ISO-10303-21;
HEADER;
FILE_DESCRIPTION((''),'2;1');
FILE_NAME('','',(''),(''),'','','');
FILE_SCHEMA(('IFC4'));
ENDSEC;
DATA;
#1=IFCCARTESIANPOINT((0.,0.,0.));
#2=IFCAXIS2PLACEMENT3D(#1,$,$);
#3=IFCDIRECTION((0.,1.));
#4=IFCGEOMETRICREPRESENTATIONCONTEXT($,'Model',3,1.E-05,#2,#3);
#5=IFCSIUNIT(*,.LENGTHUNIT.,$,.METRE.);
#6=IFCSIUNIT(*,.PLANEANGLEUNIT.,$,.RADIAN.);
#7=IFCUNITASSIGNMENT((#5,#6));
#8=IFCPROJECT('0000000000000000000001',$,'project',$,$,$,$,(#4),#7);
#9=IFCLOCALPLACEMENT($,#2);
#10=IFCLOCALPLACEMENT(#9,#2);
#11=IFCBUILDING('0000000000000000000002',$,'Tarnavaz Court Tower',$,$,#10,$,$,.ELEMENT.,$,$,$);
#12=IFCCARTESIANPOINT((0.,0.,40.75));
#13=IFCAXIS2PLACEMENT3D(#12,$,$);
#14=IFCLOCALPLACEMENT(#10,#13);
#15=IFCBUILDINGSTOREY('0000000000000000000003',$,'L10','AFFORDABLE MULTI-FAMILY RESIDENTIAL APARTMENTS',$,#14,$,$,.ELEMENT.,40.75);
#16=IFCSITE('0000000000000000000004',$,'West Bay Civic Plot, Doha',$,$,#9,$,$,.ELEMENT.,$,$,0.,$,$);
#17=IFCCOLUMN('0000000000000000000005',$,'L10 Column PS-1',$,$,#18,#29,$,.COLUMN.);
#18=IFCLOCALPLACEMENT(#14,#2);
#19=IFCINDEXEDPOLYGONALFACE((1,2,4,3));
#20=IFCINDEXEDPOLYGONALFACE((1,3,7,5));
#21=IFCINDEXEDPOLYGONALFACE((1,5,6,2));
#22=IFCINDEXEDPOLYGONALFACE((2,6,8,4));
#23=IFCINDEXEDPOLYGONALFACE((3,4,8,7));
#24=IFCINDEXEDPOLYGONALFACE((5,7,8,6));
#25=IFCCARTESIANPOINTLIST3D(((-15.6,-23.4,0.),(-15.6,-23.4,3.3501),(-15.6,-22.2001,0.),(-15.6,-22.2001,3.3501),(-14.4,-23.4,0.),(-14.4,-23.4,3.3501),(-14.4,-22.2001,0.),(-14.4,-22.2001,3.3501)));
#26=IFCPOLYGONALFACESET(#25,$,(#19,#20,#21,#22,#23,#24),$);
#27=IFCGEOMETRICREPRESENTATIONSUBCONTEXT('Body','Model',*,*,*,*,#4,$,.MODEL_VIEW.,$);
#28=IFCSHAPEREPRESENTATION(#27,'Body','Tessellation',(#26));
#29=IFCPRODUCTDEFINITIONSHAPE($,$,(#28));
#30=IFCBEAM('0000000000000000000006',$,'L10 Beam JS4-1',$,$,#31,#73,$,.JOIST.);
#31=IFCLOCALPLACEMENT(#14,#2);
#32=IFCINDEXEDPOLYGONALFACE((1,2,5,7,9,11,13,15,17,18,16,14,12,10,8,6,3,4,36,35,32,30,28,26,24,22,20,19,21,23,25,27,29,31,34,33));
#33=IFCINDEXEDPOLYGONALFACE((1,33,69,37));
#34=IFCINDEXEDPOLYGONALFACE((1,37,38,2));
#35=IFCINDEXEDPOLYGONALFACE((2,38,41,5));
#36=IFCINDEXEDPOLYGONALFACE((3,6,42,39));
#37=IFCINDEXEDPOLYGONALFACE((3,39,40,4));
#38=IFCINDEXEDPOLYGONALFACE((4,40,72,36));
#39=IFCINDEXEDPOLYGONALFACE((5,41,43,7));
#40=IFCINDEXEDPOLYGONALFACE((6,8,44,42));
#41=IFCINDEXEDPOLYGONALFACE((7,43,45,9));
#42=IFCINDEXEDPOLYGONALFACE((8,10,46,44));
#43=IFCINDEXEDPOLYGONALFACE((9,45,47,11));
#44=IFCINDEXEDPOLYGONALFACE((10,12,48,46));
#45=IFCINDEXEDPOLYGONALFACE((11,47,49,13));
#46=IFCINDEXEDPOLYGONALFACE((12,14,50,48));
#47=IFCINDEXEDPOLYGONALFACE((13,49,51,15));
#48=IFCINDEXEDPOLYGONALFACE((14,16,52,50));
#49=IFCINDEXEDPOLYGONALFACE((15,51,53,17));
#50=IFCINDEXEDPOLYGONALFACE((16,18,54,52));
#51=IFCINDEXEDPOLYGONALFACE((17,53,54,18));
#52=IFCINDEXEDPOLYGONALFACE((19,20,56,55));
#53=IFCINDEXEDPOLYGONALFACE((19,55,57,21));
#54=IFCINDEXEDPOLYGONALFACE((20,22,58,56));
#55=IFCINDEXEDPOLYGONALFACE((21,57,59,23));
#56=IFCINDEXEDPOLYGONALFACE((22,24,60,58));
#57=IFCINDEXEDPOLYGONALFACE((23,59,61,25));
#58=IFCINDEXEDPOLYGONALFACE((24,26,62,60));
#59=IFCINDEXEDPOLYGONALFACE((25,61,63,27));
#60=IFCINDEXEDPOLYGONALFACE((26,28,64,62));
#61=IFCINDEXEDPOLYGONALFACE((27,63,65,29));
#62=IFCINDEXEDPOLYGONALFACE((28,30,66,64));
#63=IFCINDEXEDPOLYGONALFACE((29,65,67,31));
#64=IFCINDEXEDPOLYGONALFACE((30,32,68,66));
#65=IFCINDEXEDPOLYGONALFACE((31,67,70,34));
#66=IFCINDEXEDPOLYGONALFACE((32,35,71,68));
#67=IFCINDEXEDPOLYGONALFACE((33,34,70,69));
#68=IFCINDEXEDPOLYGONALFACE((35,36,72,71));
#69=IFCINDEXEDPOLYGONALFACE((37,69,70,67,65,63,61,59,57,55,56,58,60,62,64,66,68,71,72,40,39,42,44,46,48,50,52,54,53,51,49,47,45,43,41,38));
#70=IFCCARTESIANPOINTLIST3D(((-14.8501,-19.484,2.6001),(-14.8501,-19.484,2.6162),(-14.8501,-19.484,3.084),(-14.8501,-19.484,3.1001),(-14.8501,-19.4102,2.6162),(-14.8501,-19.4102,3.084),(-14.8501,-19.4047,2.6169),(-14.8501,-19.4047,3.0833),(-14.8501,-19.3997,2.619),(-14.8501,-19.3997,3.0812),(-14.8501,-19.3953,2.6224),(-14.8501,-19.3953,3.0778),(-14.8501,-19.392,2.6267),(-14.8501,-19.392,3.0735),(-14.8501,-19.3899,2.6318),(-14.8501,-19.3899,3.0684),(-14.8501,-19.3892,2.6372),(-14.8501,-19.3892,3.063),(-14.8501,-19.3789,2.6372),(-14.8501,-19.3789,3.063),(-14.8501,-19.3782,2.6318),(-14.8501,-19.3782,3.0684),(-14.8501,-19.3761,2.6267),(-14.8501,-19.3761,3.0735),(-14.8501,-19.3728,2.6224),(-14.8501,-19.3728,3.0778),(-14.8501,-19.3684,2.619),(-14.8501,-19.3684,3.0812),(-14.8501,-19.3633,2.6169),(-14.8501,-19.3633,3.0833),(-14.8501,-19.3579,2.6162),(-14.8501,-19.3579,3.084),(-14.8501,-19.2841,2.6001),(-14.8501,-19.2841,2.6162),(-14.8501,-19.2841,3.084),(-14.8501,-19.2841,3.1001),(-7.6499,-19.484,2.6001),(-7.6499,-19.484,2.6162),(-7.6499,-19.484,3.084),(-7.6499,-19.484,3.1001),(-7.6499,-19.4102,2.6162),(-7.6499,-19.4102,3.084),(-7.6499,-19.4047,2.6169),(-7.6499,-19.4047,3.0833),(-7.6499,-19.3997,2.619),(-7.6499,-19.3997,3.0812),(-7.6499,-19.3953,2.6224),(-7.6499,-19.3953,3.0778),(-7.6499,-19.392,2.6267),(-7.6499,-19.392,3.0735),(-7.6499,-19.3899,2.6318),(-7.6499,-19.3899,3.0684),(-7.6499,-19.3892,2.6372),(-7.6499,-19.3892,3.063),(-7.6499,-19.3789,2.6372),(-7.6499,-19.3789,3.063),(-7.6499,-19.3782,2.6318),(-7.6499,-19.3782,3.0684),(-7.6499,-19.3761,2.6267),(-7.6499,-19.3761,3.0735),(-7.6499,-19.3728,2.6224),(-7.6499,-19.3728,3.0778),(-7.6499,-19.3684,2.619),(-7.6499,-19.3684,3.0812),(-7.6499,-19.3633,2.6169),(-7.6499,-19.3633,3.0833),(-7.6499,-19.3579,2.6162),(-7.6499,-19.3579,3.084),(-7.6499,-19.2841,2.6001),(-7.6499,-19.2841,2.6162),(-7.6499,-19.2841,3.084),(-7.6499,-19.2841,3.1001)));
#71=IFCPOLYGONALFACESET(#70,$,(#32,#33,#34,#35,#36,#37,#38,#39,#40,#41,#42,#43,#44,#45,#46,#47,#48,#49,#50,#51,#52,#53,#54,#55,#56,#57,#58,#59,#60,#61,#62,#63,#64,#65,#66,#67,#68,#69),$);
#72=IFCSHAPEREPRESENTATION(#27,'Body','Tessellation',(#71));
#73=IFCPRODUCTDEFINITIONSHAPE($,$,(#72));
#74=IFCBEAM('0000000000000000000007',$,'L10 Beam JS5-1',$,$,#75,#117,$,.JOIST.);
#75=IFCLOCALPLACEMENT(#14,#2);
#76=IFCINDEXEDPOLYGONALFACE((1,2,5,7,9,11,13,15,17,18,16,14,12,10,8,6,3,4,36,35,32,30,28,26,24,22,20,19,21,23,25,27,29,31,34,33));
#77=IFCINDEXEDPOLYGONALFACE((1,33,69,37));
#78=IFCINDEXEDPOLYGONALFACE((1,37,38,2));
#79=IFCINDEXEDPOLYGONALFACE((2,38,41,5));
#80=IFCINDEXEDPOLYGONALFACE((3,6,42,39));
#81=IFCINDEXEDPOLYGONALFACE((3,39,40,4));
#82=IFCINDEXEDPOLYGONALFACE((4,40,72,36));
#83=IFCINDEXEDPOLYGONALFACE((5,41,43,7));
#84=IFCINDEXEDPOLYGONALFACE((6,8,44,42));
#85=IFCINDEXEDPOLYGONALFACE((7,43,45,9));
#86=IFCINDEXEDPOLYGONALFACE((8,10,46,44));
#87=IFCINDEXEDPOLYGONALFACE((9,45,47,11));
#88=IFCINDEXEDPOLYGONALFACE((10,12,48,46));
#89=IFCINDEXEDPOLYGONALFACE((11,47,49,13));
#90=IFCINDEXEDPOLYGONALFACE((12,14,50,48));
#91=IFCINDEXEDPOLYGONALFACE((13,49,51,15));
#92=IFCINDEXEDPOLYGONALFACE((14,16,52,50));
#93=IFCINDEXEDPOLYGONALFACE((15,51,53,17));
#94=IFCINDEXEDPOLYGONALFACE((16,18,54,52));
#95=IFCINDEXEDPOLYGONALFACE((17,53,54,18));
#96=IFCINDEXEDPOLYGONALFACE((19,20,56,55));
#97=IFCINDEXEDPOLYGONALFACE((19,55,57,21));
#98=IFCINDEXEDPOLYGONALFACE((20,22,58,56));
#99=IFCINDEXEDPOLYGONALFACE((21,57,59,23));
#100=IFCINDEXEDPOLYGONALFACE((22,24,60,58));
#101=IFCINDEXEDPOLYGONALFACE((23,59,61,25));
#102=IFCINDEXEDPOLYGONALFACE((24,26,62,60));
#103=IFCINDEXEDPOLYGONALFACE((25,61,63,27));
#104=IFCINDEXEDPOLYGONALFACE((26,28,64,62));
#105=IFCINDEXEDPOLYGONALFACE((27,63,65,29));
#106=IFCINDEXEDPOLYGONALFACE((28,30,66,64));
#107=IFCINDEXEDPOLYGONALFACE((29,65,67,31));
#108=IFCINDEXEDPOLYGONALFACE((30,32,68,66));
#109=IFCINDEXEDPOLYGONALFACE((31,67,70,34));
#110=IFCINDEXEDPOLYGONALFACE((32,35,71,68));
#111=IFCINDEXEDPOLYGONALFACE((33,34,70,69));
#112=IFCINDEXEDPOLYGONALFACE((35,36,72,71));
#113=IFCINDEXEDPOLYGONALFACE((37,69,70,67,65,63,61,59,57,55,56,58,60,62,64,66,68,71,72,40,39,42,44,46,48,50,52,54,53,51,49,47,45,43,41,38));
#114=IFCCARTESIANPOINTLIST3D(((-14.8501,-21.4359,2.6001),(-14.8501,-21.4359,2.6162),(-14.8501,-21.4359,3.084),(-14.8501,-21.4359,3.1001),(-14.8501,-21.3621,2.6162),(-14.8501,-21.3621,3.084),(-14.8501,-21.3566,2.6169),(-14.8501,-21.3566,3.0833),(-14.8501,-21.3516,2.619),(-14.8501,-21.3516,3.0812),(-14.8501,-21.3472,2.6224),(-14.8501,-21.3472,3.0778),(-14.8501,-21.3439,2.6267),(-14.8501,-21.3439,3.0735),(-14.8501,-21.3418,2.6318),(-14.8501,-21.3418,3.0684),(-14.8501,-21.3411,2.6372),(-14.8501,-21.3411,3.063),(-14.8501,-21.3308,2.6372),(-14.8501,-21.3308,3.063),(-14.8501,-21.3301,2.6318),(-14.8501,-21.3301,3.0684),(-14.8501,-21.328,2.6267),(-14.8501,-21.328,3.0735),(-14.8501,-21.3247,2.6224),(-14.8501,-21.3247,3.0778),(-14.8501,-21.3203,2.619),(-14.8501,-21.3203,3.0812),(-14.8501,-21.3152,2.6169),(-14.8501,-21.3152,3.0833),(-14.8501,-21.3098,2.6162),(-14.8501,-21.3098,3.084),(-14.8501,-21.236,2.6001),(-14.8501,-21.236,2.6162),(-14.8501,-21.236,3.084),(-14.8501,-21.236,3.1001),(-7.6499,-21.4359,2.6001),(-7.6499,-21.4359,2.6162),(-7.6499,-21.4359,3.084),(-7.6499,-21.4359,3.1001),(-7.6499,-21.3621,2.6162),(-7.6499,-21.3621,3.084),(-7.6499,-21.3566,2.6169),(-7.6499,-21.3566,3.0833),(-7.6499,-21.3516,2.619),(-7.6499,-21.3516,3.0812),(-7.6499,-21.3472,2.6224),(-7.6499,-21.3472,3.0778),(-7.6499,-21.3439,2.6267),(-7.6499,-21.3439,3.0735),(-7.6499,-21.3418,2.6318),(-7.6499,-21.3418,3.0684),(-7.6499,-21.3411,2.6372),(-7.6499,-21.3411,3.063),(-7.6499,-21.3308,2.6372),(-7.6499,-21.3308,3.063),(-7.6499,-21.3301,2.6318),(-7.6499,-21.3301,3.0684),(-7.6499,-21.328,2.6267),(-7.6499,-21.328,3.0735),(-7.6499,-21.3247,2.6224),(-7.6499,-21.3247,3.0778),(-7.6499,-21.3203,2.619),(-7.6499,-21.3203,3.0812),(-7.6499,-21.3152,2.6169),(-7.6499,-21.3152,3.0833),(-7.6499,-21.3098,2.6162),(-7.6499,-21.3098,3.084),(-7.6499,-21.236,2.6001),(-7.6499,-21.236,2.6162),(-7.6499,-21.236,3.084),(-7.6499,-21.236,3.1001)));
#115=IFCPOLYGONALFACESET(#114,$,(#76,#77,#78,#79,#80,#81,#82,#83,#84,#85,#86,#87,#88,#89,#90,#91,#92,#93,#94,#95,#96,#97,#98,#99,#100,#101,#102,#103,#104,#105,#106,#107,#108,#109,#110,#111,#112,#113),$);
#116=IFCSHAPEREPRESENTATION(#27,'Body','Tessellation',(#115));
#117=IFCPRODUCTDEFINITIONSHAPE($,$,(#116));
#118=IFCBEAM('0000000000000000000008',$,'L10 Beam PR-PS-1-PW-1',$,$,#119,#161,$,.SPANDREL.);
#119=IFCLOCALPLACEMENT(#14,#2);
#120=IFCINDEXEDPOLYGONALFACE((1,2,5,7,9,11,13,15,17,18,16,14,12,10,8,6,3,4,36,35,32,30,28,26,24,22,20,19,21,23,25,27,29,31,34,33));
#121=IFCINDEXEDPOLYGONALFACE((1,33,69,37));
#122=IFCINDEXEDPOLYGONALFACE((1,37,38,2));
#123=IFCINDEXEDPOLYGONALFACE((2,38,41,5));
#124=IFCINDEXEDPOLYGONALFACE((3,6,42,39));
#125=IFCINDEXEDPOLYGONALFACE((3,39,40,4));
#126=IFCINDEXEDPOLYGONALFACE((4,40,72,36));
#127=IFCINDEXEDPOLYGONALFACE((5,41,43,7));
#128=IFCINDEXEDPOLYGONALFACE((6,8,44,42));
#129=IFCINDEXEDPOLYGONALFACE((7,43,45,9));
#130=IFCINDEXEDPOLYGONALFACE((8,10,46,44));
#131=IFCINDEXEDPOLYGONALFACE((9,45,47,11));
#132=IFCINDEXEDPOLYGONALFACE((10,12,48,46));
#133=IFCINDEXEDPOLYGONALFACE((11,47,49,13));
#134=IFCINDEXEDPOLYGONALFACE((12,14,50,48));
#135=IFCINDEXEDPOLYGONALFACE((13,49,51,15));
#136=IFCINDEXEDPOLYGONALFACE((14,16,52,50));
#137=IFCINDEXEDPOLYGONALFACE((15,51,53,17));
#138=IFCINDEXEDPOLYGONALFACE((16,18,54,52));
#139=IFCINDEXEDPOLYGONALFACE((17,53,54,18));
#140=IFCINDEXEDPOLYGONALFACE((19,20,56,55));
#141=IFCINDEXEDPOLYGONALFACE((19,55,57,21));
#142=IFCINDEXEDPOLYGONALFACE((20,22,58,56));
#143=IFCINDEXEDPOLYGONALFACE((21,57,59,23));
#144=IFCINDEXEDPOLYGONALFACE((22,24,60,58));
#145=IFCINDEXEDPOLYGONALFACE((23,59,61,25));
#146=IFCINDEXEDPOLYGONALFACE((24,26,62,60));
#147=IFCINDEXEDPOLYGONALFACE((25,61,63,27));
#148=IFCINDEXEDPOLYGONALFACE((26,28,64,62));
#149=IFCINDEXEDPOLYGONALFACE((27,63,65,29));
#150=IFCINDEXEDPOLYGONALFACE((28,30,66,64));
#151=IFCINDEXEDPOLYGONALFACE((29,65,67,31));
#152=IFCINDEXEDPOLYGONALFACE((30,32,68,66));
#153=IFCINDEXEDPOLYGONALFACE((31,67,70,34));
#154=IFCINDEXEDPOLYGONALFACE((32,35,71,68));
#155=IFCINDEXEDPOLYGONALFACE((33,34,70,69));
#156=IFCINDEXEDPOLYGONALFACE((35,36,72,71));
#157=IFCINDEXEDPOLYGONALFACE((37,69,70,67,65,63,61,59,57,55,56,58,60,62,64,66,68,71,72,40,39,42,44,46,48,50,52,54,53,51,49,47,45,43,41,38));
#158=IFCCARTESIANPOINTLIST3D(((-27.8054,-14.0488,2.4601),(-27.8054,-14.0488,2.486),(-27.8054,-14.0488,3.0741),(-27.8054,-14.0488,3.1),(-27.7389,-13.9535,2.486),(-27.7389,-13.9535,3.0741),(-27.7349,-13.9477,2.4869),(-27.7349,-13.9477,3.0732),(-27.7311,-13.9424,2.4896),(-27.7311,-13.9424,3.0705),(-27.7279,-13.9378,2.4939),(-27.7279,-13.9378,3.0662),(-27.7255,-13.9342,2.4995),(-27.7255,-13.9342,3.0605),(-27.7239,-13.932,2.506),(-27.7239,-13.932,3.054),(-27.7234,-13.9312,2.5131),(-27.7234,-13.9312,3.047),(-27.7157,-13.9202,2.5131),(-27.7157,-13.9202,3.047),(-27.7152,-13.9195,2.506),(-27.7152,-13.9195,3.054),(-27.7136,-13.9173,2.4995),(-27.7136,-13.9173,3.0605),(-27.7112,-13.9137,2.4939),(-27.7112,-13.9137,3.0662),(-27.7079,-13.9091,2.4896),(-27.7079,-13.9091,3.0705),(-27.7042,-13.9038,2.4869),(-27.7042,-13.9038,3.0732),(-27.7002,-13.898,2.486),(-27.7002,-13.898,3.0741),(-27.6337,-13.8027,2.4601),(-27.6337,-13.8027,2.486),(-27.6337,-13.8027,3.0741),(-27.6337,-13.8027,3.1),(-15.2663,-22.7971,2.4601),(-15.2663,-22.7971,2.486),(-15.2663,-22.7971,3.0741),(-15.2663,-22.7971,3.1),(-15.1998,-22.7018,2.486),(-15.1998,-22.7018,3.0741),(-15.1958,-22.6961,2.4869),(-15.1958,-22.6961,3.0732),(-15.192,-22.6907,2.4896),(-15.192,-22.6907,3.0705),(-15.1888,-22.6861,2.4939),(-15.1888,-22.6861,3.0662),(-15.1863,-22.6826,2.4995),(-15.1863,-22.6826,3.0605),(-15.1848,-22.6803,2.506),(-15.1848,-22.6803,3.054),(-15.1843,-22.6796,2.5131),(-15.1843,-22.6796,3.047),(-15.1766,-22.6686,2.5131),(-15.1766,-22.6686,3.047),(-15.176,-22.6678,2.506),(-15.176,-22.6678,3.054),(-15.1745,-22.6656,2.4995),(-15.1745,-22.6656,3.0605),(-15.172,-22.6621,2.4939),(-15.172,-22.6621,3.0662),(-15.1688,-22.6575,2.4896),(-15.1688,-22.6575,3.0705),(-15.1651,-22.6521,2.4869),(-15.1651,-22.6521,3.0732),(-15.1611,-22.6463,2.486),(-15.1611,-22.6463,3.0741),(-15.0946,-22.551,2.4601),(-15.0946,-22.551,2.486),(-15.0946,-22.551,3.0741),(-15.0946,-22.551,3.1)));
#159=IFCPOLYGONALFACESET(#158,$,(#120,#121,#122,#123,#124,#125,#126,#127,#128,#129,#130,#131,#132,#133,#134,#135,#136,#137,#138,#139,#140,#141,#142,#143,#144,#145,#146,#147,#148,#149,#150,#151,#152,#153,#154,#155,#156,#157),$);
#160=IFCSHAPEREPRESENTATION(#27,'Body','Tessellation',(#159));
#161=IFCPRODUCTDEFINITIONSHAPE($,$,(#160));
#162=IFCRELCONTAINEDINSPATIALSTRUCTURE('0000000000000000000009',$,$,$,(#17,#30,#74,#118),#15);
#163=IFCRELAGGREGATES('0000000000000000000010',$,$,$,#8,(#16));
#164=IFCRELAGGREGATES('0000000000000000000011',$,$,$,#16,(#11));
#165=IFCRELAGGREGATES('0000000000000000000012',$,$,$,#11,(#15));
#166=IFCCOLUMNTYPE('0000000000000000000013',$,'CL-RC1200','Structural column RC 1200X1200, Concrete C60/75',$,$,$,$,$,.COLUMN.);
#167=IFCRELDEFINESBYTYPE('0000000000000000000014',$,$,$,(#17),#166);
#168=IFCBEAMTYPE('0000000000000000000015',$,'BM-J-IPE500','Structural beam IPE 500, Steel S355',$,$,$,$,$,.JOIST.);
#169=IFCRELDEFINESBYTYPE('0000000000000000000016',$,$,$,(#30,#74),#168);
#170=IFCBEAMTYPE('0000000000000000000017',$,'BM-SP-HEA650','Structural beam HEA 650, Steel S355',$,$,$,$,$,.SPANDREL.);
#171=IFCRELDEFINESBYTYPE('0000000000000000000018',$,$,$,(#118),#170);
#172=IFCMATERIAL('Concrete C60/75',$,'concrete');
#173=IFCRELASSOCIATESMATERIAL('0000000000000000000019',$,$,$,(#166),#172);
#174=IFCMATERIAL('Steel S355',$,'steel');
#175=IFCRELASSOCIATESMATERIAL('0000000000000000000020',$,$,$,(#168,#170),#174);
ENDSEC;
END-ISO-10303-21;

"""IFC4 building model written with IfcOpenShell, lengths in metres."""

from ifc_helpers import new_model, si_unit, direction, frame, origin, origin_2d, place, context, subcontext, project, spatial, rectangle, i_section, extrude, material, material_profile, profile_set, type_object, element, save


model = new_model("IFC4")

# Units and contexts
model_context = context("Model", 3, precision=1e-05, world=origin(), true_north=direction((0.0, 1.0)))
body_context = subcontext(model_context, "Body", "Model", "MODEL_VIEW")
ifc_project = project(units=[si_unit("LENGTHUNIT", "METRE"), si_unit("PLANEANGLEUNIT", "RADIAN")], contexts=[model_context])

# Site, building, storey
site_placement = place(None, origin())
site = spatial("IfcSite", under=ifc_project, at=site_placement, Name="West Bay Civic Plot, Doha", CompositionType="ELEMENT", RefElevation=0.0)
building_placement = place(site_placement, origin())
building = spatial("IfcBuilding", under=site, at=building_placement, Name="Tarnavaz Court Tower", CompositionType="ELEMENT")
storey_placement = place(building_placement, frame((0.0, 0.0, 40.75)))
storey = spatial("IfcBuildingStorey", under=building, at=storey_placement, Name="L10", Description="AFFORDABLE MULTI-FAMILY RESIDENTIAL APARTMENTS", CompositionType="ELEMENT", Elevation=40.75)

# Column
ifc_material_1 = material(Name="Concrete C60/75", Category="concrete")
ifc_material_profile_1 = material_profile(ifc_material_1, rectangle(XDim=1.2, YDim=1.2, at=origin_2d()), Name="RC 1200X1200")
ifc_profile_set_1 = profile_set([ifc_material_profile_1], Name="Concrete C60/75")
column_type = type_object("IfcColumnType", Name="CL-RC1200", Description="Structural column RC 1200X1200, Concrete C60/75", PredefinedType="COLUMN", material=ifc_profile_set_1)
column_placement = place(storey_placement, frame((-15.0, -22.8, 0.0), z_axis=(0.0, 0.0, 1.0), x_axis=(1.0, 0.0, 0.0)))
element("IfcColumn", 1, at=column_placement, inside=storey, type_object=column_type, Name="L10 Column PS-1", PredefinedType="COLUMN", context=body_context, shape_type="SweptSolid", body=[
    extrude(rectangle(XDim=1.2, YDim=1.2, at=origin_2d()), origin(), (0.0, 0.0, 1.0), 3.3501),
])

# Beams
ifc_material_2 = material(Name="Steel S355", Category="steel")
ifc_material_profile_2 = material_profile(ifc_material_2, i_section(OverallWidth=0.2, OverallDepth=0.5, WebThickness=0.0103, FlangeThickness=0.0161, FilletRadius=0.021, at=origin_2d()), Name="IPE 500")
ifc_profile_set_2 = profile_set([ifc_material_profile_2], Name="Steel S355")
beam_type_1 = type_object("IfcBeamType", Name="BM-J-IPE500", Description="Structural beam IPE 500, Steel S355", PredefinedType="JOIST", material=ifc_profile_set_2)
for number, where, z_axis, x_axis, name in (
    (2, (-14.8501, -19.384, 2.8501), (1.0, 0.0, 0.0), (0.0, 1.0, 0.0), "L10 Beam JS4-1"),
    (3, (-14.8501, -21.3359, 2.8501), (1.0, 0.0, 0.0), (0.0, 1.0, 0.0), "L10 Beam JS5-1"),
):
    element("IfcBeam", number, at=place(storey_placement, frame(where, z_axis=z_axis, x_axis=x_axis)), inside=storey, type_object=beam_type_1, Name=name, PredefinedType="JOIST", context=body_context, shape_type="SweptSolid", body=[
        extrude(i_section(OverallWidth=0.2, OverallDepth=0.5, WebThickness=0.0103, FlangeThickness=0.0161, FilletRadius=0.021, at=origin_2d()), origin(), (0.0, 0.0, 1.0), 7.2002),
    ])
ifc_material_profile_3 = material_profile(ifc_material_2, i_section(OverallWidth=0.3, OverallDepth=0.6399, WebThickness=0.0134, FlangeThickness=0.0259, FilletRadius=0.0271, at=origin_2d()), Name="HEA 650")
ifc_profile_set_3 = profile_set([ifc_material_profile_3], Name="Steel S355")
beam_type_2 = type_object("IfcBeamType", Name="BM-SP-HEA650", Description="Structural beam HEA 650, Steel S355", PredefinedType="SPANDREL", material=ifc_profile_set_3)
beam_placement = place(storey_placement, frame((-15.1804, -22.6741, 2.78), z_axis=(-0.820124, 0.572186, 0.0), x_axis=(-0.572186, -0.820124, 0.0)))
element("IfcBeam", 4, at=beam_placement, inside=storey, type_object=beam_type_2, Name="L10 Beam PR-PS-1-PW-1", PredefinedType="SPANDREL", context=body_context, shape_type="SweptSolid", body=[
    extrude(i_section(OverallWidth=0.3, OverallDepth=0.6399, WebThickness=0.0134, FlangeThickness=0.0259, FilletRadius=0.0271, at=origin_2d()), origin(), (0.0, 0.0, 1.0), 15.2893),
])

save(model, "model.ifc")
